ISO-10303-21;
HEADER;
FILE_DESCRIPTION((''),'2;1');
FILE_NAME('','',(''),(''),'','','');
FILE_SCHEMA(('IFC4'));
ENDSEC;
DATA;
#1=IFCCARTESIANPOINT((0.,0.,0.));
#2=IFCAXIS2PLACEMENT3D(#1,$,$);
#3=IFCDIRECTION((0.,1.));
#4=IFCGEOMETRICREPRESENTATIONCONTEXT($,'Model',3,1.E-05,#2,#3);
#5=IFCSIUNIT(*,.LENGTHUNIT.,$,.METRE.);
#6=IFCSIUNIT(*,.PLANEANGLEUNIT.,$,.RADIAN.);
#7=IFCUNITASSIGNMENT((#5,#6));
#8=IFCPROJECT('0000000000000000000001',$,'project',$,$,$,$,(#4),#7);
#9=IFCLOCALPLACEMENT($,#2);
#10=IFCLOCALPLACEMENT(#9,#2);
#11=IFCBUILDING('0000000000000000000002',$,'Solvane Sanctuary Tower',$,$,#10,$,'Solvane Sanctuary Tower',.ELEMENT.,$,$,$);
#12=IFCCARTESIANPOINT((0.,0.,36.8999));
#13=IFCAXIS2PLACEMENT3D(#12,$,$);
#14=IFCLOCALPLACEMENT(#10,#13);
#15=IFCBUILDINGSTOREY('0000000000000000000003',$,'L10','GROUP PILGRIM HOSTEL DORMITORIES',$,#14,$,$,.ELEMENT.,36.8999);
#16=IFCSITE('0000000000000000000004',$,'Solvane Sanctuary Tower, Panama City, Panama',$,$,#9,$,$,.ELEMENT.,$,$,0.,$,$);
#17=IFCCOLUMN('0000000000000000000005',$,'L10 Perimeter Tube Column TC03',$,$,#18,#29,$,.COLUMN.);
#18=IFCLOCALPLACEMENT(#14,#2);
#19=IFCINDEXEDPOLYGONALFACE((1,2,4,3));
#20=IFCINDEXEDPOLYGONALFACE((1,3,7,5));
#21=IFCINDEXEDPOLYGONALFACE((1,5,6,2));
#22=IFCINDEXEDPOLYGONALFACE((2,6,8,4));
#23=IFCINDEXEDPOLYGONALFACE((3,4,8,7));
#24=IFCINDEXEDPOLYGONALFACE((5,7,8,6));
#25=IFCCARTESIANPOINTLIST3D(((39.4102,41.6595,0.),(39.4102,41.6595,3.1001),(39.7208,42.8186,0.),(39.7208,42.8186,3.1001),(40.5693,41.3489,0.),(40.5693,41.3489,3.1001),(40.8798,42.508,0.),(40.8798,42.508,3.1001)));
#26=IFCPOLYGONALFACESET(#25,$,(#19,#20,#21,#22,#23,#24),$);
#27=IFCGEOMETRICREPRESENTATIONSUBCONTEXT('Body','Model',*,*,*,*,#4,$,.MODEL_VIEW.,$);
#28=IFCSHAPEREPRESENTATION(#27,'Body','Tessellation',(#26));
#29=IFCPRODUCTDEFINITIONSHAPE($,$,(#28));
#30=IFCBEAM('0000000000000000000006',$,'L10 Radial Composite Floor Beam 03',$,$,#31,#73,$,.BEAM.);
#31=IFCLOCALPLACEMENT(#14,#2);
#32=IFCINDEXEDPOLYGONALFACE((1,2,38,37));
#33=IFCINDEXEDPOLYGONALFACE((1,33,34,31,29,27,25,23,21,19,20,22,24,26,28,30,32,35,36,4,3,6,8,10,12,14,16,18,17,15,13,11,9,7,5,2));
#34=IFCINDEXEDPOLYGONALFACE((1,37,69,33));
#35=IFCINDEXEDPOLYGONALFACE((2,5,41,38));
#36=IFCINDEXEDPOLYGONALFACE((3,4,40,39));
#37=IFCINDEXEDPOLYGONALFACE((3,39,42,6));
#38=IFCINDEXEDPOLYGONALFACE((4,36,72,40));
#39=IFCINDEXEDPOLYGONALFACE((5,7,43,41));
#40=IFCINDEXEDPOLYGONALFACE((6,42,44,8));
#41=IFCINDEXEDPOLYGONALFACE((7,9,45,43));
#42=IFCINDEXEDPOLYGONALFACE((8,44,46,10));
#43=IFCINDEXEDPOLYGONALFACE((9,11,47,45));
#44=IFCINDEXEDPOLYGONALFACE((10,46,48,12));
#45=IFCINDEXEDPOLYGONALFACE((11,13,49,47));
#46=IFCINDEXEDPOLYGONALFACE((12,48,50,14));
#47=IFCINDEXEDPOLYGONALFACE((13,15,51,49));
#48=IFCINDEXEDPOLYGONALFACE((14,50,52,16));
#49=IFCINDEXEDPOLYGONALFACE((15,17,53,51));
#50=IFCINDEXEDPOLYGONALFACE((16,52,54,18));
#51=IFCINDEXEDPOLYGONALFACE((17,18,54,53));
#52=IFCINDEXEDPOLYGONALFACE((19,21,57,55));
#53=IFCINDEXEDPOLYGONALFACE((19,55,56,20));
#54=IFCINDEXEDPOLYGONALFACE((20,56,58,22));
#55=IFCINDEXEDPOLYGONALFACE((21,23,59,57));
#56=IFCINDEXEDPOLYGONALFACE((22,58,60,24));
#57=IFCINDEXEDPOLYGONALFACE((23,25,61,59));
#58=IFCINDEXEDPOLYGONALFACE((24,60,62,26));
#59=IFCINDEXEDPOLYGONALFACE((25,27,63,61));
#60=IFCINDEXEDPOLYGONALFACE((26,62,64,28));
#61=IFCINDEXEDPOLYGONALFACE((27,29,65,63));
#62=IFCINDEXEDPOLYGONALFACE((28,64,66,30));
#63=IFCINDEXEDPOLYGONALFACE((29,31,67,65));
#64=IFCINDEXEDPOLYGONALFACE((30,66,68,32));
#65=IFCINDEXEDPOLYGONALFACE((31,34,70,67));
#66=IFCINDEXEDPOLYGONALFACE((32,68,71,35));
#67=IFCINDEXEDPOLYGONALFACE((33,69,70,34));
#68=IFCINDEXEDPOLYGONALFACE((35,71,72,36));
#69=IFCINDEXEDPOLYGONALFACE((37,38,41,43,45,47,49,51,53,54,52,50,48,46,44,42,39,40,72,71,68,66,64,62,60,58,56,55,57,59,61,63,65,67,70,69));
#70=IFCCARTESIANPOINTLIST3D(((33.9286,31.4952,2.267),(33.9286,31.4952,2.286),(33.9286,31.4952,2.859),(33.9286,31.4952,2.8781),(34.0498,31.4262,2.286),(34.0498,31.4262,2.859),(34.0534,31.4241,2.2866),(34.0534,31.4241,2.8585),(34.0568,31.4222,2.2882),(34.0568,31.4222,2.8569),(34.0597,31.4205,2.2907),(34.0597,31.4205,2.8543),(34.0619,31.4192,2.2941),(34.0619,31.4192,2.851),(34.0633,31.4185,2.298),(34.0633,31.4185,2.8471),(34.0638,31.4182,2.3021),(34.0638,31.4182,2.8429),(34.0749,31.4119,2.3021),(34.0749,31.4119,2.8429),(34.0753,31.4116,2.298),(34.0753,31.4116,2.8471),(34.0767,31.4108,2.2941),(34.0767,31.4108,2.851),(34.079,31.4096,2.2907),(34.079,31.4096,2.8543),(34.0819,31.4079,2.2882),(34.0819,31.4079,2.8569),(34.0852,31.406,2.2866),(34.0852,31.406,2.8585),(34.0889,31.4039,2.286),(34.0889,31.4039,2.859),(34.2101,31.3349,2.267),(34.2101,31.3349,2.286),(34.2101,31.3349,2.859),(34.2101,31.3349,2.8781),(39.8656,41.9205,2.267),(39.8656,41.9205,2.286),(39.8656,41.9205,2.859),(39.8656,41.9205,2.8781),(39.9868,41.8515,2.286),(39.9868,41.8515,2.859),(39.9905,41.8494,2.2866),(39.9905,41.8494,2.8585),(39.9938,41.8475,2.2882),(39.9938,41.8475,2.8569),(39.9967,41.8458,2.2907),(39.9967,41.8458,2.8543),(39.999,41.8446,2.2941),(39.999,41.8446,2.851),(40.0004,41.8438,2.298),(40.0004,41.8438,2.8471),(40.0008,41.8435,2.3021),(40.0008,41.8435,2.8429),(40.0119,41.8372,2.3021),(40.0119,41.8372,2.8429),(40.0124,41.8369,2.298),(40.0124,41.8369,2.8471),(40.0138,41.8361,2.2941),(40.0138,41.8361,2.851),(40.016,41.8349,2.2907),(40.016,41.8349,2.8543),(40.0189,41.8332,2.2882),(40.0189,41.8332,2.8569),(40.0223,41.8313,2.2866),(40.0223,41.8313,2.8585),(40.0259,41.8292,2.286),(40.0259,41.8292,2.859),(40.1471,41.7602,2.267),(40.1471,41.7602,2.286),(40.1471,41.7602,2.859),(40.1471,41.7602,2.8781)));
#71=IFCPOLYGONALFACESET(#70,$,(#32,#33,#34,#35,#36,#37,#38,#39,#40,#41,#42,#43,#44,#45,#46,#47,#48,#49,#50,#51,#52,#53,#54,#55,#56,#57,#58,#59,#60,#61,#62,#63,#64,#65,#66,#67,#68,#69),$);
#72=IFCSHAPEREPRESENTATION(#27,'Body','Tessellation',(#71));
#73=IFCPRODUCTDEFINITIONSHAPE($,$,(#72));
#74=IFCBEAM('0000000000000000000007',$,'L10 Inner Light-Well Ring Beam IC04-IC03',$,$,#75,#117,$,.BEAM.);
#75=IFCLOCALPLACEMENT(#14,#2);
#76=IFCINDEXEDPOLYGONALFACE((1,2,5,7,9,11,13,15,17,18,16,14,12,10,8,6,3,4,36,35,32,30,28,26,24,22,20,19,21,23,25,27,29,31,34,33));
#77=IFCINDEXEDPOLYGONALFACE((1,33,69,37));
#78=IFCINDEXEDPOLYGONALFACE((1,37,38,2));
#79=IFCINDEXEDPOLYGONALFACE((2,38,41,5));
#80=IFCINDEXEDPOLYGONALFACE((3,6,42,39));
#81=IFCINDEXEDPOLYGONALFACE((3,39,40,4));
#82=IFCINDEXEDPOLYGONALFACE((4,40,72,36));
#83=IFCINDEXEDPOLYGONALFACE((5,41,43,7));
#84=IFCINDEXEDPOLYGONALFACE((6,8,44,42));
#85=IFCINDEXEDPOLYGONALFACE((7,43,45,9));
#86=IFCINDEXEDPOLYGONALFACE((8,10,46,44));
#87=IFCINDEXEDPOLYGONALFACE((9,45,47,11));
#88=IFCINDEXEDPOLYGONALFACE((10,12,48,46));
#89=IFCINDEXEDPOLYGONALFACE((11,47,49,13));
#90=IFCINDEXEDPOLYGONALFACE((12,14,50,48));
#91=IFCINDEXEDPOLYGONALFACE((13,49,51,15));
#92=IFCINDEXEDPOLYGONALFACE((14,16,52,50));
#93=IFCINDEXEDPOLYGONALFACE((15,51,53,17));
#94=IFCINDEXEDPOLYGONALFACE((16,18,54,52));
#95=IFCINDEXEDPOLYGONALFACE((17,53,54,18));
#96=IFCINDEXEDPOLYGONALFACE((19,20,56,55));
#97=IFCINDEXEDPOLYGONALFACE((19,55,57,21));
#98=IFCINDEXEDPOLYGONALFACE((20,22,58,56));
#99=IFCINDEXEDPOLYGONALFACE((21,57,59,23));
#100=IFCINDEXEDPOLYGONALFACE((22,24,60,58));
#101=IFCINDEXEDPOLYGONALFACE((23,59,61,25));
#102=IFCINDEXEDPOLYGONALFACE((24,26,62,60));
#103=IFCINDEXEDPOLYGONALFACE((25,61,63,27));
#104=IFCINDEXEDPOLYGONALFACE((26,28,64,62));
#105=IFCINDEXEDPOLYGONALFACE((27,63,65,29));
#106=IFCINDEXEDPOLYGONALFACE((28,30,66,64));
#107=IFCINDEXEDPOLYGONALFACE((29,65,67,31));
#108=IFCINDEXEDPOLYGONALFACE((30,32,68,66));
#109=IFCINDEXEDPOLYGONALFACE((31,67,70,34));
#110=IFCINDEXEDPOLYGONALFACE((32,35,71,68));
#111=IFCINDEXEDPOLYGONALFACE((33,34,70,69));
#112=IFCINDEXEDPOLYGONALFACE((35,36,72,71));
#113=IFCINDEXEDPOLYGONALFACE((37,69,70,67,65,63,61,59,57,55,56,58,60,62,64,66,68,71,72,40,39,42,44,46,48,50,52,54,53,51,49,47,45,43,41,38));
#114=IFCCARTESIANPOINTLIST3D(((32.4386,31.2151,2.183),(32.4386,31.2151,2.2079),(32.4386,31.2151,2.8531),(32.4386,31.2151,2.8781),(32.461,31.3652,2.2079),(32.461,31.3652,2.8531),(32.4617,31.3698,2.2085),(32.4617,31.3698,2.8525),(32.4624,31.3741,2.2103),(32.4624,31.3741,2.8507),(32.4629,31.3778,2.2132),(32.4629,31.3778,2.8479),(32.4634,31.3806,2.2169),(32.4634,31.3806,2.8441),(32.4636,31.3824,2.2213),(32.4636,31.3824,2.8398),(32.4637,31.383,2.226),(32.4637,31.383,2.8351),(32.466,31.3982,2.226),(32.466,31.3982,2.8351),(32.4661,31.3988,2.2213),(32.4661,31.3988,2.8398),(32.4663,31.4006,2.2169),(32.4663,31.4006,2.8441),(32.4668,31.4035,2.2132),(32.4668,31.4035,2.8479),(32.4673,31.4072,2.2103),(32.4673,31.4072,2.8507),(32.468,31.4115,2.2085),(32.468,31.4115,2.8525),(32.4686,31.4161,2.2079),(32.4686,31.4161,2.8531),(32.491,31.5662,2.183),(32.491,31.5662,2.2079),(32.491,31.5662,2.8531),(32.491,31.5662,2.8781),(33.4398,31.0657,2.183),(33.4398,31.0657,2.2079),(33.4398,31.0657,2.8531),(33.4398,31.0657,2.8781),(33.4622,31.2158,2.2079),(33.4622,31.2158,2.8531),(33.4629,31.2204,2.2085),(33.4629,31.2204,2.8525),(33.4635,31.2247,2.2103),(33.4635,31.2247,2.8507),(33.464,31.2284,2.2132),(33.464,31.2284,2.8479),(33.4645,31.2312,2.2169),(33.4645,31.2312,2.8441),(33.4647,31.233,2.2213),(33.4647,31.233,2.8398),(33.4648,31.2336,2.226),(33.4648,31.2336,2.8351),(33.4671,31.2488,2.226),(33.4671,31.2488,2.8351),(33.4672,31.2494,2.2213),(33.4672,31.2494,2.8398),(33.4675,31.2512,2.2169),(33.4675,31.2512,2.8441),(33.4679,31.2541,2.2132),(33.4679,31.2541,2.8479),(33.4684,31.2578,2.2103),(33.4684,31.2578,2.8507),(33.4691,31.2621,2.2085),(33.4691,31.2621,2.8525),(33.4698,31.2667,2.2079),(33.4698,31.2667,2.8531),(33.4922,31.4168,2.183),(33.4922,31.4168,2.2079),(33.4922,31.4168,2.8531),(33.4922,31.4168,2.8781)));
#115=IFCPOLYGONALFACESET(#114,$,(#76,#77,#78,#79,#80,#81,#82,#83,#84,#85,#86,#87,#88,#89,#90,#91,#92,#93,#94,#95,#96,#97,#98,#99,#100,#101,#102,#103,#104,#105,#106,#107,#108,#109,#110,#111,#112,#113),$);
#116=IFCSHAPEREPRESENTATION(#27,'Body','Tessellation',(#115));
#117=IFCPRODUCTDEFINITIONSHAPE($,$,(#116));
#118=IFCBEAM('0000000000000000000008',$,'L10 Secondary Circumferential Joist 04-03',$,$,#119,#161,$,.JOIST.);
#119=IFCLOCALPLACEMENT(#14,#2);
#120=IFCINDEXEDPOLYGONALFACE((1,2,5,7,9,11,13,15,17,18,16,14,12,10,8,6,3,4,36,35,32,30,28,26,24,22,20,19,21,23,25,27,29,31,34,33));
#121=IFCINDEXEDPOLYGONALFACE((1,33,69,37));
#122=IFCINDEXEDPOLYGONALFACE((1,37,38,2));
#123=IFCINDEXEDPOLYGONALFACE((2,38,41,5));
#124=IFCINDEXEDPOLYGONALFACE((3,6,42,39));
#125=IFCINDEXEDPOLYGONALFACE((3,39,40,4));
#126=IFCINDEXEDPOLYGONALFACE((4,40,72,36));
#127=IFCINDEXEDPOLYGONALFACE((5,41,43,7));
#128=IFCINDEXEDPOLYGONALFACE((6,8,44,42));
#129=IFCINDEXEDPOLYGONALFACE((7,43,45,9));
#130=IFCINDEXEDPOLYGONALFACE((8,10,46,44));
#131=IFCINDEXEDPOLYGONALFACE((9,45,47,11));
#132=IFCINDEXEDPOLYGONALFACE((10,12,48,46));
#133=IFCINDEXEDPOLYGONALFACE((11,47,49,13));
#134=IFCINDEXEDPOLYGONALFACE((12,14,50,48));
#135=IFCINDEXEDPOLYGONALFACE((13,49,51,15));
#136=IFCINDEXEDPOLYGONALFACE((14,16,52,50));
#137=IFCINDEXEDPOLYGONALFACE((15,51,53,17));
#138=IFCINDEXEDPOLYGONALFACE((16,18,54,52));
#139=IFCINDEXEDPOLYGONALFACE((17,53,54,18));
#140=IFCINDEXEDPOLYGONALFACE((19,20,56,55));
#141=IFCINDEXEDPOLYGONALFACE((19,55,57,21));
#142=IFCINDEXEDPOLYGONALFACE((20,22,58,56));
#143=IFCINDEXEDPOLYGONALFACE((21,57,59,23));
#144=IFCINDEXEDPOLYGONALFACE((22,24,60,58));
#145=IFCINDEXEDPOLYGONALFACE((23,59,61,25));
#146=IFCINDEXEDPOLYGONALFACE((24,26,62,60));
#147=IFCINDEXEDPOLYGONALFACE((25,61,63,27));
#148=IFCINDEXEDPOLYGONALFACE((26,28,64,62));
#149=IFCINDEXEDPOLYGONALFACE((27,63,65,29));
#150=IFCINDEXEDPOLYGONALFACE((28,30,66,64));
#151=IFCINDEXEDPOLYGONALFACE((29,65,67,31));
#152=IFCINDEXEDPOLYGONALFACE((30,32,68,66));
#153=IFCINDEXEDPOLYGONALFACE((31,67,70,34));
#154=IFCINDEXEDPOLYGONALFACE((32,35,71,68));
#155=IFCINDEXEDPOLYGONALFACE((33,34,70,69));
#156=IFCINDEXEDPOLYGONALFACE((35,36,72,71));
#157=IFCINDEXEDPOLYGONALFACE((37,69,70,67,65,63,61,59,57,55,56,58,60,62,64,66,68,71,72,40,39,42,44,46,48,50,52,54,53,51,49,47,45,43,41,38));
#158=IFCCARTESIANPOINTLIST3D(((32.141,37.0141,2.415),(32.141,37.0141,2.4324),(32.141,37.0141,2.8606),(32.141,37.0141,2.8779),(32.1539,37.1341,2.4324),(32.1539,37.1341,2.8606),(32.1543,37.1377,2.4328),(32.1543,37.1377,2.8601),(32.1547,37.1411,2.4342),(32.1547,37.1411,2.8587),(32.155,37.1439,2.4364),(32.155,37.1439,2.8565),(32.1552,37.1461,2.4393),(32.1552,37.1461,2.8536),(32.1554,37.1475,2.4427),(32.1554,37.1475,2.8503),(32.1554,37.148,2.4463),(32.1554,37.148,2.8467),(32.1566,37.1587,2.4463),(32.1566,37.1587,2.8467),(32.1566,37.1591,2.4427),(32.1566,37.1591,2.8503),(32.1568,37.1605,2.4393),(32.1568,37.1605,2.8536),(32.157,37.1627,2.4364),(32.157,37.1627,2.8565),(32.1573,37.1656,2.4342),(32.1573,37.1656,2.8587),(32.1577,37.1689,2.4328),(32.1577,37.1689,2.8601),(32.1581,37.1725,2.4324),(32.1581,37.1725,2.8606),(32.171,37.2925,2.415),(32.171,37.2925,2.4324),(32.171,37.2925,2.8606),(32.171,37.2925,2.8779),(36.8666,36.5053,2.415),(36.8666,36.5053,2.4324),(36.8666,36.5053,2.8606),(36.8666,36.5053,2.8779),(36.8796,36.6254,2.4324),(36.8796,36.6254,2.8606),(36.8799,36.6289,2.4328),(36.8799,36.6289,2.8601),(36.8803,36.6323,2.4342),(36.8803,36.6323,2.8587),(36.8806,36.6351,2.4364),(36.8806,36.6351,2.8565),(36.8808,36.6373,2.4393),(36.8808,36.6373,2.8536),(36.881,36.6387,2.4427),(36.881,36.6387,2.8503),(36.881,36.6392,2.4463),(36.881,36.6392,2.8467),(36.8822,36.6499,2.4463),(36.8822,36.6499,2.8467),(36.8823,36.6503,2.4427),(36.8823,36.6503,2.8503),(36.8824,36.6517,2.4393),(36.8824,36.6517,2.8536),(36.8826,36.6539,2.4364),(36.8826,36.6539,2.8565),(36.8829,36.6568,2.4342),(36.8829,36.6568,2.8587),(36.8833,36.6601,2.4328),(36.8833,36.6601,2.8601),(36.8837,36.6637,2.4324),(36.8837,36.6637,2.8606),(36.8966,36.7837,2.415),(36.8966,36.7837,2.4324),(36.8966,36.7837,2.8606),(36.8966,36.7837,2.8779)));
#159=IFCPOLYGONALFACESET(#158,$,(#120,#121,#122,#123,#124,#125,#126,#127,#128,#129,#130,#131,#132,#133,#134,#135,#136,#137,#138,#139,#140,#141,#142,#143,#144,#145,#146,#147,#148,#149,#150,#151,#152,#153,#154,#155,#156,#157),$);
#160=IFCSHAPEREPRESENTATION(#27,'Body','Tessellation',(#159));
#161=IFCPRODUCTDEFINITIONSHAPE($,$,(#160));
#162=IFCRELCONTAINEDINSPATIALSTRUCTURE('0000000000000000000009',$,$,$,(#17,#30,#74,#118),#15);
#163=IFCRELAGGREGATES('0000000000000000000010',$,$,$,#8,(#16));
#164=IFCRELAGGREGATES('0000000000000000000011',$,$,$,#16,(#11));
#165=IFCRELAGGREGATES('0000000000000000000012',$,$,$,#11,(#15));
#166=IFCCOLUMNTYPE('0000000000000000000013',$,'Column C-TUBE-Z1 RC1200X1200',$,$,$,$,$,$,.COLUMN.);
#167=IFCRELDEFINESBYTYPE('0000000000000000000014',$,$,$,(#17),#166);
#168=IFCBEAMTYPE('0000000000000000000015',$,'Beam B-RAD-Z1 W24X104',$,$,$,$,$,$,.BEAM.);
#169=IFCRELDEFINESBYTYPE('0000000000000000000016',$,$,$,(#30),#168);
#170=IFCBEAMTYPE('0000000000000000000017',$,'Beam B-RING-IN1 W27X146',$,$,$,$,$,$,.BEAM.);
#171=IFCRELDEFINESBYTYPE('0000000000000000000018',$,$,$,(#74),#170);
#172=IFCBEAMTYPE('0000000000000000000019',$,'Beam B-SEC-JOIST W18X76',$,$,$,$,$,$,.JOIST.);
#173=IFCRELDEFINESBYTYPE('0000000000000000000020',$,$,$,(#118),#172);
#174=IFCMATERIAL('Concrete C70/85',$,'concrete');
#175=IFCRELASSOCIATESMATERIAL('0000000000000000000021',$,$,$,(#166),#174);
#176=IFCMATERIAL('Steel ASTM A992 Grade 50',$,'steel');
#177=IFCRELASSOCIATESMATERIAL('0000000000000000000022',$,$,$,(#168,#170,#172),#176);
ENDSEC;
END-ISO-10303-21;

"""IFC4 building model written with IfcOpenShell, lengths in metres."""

from ifc_helpers import new_model, si_unit, direction, frame, origin, origin_2d, place, context, subcontext, project, spatial, rectangle, i_section, extrude, material, material_profile, profile_set, type_object, element, save


model = new_model("IFC4")

# Units and contexts
model_context = context("Model", 3, precision=1e-05, world=origin(), true_north=direction((0.0, 1.0)))
body_context = subcontext(model_context, "Body", "Model", "MODEL_VIEW")
ifc_project = project(units=[si_unit("LENGTHUNIT", "METRE"), si_unit("PLANEANGLEUNIT", "RADIAN")], contexts=[model_context])

# Site, building, storey
site_placement = place(None, origin())
site = spatial("IfcSite", under=ifc_project, at=site_placement, Name="Solvane Sanctuary Tower, Panama City, Panama", CompositionType="ELEMENT", RefElevation=0.0)
building_placement = place(site_placement, origin())
building = spatial("IfcBuilding", under=site, at=building_placement, Name="Solvane Sanctuary Tower", LongName="Solvane Sanctuary Tower", CompositionType="ELEMENT")
storey_placement = place(building_placement, frame((0.0, 0.0, 36.8999)))
storey = spatial("IfcBuildingStorey", under=building, at=storey_placement, Name="L10", Description="GROUP PILGRIM HOSTEL DORMITORIES", CompositionType="ELEMENT", Elevation=36.8999)

# Column
ifc_material_1 = material(Name="Concrete C70/85", Category="concrete")
ifc_material_profile_1 = material_profile(ifc_material_1, rectangle(XDim=1.2, YDim=1.2, at=origin_2d()), Name="RC1200X1200")
ifc_profile_set_1 = profile_set([ifc_material_profile_1], Name="Concrete C70/85")
column_type = type_object("IfcColumnType", Name="Column C-TUBE-Z1 RC1200X1200", PredefinedType="COLUMN", material=ifc_profile_set_1)
column_placement = place(storey_placement, frame((40.145, 42.0837, 0.0), z_axis=(0.0, 0.0, 1.0), x_axis=(0.258819, 0.965926, 0.0)))
element("IfcColumn", 1, at=column_placement, inside=storey, type_object=column_type, Name="L10 Perimeter Tube Column TC03", PredefinedType="COLUMN", context=body_context, shape_type="SweptSolid", body=[
    extrude(rectangle(XDim=1.2, YDim=1.2, at=origin_2d()), origin(), (0.0, 0.0, 1.0), 3.1001),
])

# Beams
ifc_material_2 = material(Name="Steel ASTM A992 Grade 50", Category="steel")
ifc_material_profile_2 = material_profile(ifc_material_2, i_section(OverallWidth=0.324, OverallDepth=0.6111, WebThickness=0.0127, FlangeThickness=0.019, FilletRadius=0.0161, at=origin_2d()), Name="W24X104")
ifc_profile_set_2 = profile_set([ifc_material_profile_2], Name="Steel ASTM A992 Grade 50")
beam_type_1 = type_object("IfcBeamType", Name="Beam B-RAD-Z1 W24X104", PredefinedType="BEAM", material=ifc_profile_set_2)
beam_1_placement = place(storey_placement, frame((34.0693, 31.415, 2.5725), z_axis=(0.494863, 0.868971, 0.0), x_axis=(-0.868971, 0.494863, 0.0)))
element("IfcBeam", 2, at=beam_1_placement, inside=storey, type_object=beam_type_1, Name="L10 Radial Composite Floor Beam 03", PredefinedType="BEAM", context=body_context, shape_type="SweptSolid", body=[
    extrude(i_section(OverallWidth=0.324, OverallDepth=0.6111, WebThickness=0.0127, FlangeThickness=0.019, FilletRadius=0.0161, at=origin_2d()), origin(), (0.0, 0.0, 1.0), 11.9973),
])
ifc_material_profile_3 = material_profile(ifc_material_2, i_section(OverallWidth=0.355, OverallDepth=0.6951, WebThickness=0.0154, FlangeThickness=0.0249, FilletRadius=0.0181, at=origin_2d()), Name="W27X146")
ifc_profile_set_3 = profile_set([ifc_material_profile_3], Name="Steel ASTM A992 Grade 50")
beam_type_2 = type_object("IfcBeamType", Name="Beam B-RING-IN1 W27X146", PredefinedType="BEAM", material=ifc_profile_set_3)
beam_2_placement = place(storey_placement, frame((32.4648, 31.3906, 2.5305), z_axis=(0.989048, -0.147597, 0.0), x_axis=(0.147597, 0.989048, 0.0)))
element("IfcBeam", 3, at=beam_2_placement, inside=storey, type_object=beam_type_2, Name="L10 Inner Light-Well Ring Beam IC04-IC03", PredefinedType="BEAM", context=body_context, shape_type="SweptSolid", body=[
    extrude(i_section(OverallWidth=0.355, OverallDepth=0.6951, WebThickness=0.0154, FlangeThickness=0.0249, FilletRadius=0.0181, at=origin_2d()), origin(), (0.0, 0.0, 1.0), 1.0122),
])
ifc_material_profile_4 = material_profile(ifc_material_2, i_section(OverallWidth=0.28, OverallDepth=0.4629, WebThickness=0.0107, FlangeThickness=0.0173, FilletRadius=0.0139, at=origin_2d()), Name="W18X76")
ifc_profile_set_4 = profile_set([ifc_material_profile_4], Name="Steel ASTM A992 Grade 50")
beam_type_3 = type_object("IfcBeamType", Name="Beam B-SEC-JOIST W18X76", PredefinedType="JOIST", material=ifc_profile_set_4)
beam_3_placement = place(storey_placement, frame((32.156, 37.1533, 2.6465), z_axis=(0.994254, -0.107048, 0.0), x_axis=(0.107048, 0.994254, 0.0)))
element("IfcBeam", 4, at=beam_3_placement, inside=storey, type_object=beam_type_3, Name="L10 Secondary Circumferential Joist 04-03", PredefinedType="JOIST", context=body_context, shape_type="SweptSolid", body=[
    extrude(i_section(OverallWidth=0.28, OverallDepth=0.4629, WebThickness=0.0107, FlangeThickness=0.0173, FilletRadius=0.0139, at=origin_2d()), origin(), (0.0, 0.0, 1.0), 4.7529),
])

save(model, "model.ifc")
